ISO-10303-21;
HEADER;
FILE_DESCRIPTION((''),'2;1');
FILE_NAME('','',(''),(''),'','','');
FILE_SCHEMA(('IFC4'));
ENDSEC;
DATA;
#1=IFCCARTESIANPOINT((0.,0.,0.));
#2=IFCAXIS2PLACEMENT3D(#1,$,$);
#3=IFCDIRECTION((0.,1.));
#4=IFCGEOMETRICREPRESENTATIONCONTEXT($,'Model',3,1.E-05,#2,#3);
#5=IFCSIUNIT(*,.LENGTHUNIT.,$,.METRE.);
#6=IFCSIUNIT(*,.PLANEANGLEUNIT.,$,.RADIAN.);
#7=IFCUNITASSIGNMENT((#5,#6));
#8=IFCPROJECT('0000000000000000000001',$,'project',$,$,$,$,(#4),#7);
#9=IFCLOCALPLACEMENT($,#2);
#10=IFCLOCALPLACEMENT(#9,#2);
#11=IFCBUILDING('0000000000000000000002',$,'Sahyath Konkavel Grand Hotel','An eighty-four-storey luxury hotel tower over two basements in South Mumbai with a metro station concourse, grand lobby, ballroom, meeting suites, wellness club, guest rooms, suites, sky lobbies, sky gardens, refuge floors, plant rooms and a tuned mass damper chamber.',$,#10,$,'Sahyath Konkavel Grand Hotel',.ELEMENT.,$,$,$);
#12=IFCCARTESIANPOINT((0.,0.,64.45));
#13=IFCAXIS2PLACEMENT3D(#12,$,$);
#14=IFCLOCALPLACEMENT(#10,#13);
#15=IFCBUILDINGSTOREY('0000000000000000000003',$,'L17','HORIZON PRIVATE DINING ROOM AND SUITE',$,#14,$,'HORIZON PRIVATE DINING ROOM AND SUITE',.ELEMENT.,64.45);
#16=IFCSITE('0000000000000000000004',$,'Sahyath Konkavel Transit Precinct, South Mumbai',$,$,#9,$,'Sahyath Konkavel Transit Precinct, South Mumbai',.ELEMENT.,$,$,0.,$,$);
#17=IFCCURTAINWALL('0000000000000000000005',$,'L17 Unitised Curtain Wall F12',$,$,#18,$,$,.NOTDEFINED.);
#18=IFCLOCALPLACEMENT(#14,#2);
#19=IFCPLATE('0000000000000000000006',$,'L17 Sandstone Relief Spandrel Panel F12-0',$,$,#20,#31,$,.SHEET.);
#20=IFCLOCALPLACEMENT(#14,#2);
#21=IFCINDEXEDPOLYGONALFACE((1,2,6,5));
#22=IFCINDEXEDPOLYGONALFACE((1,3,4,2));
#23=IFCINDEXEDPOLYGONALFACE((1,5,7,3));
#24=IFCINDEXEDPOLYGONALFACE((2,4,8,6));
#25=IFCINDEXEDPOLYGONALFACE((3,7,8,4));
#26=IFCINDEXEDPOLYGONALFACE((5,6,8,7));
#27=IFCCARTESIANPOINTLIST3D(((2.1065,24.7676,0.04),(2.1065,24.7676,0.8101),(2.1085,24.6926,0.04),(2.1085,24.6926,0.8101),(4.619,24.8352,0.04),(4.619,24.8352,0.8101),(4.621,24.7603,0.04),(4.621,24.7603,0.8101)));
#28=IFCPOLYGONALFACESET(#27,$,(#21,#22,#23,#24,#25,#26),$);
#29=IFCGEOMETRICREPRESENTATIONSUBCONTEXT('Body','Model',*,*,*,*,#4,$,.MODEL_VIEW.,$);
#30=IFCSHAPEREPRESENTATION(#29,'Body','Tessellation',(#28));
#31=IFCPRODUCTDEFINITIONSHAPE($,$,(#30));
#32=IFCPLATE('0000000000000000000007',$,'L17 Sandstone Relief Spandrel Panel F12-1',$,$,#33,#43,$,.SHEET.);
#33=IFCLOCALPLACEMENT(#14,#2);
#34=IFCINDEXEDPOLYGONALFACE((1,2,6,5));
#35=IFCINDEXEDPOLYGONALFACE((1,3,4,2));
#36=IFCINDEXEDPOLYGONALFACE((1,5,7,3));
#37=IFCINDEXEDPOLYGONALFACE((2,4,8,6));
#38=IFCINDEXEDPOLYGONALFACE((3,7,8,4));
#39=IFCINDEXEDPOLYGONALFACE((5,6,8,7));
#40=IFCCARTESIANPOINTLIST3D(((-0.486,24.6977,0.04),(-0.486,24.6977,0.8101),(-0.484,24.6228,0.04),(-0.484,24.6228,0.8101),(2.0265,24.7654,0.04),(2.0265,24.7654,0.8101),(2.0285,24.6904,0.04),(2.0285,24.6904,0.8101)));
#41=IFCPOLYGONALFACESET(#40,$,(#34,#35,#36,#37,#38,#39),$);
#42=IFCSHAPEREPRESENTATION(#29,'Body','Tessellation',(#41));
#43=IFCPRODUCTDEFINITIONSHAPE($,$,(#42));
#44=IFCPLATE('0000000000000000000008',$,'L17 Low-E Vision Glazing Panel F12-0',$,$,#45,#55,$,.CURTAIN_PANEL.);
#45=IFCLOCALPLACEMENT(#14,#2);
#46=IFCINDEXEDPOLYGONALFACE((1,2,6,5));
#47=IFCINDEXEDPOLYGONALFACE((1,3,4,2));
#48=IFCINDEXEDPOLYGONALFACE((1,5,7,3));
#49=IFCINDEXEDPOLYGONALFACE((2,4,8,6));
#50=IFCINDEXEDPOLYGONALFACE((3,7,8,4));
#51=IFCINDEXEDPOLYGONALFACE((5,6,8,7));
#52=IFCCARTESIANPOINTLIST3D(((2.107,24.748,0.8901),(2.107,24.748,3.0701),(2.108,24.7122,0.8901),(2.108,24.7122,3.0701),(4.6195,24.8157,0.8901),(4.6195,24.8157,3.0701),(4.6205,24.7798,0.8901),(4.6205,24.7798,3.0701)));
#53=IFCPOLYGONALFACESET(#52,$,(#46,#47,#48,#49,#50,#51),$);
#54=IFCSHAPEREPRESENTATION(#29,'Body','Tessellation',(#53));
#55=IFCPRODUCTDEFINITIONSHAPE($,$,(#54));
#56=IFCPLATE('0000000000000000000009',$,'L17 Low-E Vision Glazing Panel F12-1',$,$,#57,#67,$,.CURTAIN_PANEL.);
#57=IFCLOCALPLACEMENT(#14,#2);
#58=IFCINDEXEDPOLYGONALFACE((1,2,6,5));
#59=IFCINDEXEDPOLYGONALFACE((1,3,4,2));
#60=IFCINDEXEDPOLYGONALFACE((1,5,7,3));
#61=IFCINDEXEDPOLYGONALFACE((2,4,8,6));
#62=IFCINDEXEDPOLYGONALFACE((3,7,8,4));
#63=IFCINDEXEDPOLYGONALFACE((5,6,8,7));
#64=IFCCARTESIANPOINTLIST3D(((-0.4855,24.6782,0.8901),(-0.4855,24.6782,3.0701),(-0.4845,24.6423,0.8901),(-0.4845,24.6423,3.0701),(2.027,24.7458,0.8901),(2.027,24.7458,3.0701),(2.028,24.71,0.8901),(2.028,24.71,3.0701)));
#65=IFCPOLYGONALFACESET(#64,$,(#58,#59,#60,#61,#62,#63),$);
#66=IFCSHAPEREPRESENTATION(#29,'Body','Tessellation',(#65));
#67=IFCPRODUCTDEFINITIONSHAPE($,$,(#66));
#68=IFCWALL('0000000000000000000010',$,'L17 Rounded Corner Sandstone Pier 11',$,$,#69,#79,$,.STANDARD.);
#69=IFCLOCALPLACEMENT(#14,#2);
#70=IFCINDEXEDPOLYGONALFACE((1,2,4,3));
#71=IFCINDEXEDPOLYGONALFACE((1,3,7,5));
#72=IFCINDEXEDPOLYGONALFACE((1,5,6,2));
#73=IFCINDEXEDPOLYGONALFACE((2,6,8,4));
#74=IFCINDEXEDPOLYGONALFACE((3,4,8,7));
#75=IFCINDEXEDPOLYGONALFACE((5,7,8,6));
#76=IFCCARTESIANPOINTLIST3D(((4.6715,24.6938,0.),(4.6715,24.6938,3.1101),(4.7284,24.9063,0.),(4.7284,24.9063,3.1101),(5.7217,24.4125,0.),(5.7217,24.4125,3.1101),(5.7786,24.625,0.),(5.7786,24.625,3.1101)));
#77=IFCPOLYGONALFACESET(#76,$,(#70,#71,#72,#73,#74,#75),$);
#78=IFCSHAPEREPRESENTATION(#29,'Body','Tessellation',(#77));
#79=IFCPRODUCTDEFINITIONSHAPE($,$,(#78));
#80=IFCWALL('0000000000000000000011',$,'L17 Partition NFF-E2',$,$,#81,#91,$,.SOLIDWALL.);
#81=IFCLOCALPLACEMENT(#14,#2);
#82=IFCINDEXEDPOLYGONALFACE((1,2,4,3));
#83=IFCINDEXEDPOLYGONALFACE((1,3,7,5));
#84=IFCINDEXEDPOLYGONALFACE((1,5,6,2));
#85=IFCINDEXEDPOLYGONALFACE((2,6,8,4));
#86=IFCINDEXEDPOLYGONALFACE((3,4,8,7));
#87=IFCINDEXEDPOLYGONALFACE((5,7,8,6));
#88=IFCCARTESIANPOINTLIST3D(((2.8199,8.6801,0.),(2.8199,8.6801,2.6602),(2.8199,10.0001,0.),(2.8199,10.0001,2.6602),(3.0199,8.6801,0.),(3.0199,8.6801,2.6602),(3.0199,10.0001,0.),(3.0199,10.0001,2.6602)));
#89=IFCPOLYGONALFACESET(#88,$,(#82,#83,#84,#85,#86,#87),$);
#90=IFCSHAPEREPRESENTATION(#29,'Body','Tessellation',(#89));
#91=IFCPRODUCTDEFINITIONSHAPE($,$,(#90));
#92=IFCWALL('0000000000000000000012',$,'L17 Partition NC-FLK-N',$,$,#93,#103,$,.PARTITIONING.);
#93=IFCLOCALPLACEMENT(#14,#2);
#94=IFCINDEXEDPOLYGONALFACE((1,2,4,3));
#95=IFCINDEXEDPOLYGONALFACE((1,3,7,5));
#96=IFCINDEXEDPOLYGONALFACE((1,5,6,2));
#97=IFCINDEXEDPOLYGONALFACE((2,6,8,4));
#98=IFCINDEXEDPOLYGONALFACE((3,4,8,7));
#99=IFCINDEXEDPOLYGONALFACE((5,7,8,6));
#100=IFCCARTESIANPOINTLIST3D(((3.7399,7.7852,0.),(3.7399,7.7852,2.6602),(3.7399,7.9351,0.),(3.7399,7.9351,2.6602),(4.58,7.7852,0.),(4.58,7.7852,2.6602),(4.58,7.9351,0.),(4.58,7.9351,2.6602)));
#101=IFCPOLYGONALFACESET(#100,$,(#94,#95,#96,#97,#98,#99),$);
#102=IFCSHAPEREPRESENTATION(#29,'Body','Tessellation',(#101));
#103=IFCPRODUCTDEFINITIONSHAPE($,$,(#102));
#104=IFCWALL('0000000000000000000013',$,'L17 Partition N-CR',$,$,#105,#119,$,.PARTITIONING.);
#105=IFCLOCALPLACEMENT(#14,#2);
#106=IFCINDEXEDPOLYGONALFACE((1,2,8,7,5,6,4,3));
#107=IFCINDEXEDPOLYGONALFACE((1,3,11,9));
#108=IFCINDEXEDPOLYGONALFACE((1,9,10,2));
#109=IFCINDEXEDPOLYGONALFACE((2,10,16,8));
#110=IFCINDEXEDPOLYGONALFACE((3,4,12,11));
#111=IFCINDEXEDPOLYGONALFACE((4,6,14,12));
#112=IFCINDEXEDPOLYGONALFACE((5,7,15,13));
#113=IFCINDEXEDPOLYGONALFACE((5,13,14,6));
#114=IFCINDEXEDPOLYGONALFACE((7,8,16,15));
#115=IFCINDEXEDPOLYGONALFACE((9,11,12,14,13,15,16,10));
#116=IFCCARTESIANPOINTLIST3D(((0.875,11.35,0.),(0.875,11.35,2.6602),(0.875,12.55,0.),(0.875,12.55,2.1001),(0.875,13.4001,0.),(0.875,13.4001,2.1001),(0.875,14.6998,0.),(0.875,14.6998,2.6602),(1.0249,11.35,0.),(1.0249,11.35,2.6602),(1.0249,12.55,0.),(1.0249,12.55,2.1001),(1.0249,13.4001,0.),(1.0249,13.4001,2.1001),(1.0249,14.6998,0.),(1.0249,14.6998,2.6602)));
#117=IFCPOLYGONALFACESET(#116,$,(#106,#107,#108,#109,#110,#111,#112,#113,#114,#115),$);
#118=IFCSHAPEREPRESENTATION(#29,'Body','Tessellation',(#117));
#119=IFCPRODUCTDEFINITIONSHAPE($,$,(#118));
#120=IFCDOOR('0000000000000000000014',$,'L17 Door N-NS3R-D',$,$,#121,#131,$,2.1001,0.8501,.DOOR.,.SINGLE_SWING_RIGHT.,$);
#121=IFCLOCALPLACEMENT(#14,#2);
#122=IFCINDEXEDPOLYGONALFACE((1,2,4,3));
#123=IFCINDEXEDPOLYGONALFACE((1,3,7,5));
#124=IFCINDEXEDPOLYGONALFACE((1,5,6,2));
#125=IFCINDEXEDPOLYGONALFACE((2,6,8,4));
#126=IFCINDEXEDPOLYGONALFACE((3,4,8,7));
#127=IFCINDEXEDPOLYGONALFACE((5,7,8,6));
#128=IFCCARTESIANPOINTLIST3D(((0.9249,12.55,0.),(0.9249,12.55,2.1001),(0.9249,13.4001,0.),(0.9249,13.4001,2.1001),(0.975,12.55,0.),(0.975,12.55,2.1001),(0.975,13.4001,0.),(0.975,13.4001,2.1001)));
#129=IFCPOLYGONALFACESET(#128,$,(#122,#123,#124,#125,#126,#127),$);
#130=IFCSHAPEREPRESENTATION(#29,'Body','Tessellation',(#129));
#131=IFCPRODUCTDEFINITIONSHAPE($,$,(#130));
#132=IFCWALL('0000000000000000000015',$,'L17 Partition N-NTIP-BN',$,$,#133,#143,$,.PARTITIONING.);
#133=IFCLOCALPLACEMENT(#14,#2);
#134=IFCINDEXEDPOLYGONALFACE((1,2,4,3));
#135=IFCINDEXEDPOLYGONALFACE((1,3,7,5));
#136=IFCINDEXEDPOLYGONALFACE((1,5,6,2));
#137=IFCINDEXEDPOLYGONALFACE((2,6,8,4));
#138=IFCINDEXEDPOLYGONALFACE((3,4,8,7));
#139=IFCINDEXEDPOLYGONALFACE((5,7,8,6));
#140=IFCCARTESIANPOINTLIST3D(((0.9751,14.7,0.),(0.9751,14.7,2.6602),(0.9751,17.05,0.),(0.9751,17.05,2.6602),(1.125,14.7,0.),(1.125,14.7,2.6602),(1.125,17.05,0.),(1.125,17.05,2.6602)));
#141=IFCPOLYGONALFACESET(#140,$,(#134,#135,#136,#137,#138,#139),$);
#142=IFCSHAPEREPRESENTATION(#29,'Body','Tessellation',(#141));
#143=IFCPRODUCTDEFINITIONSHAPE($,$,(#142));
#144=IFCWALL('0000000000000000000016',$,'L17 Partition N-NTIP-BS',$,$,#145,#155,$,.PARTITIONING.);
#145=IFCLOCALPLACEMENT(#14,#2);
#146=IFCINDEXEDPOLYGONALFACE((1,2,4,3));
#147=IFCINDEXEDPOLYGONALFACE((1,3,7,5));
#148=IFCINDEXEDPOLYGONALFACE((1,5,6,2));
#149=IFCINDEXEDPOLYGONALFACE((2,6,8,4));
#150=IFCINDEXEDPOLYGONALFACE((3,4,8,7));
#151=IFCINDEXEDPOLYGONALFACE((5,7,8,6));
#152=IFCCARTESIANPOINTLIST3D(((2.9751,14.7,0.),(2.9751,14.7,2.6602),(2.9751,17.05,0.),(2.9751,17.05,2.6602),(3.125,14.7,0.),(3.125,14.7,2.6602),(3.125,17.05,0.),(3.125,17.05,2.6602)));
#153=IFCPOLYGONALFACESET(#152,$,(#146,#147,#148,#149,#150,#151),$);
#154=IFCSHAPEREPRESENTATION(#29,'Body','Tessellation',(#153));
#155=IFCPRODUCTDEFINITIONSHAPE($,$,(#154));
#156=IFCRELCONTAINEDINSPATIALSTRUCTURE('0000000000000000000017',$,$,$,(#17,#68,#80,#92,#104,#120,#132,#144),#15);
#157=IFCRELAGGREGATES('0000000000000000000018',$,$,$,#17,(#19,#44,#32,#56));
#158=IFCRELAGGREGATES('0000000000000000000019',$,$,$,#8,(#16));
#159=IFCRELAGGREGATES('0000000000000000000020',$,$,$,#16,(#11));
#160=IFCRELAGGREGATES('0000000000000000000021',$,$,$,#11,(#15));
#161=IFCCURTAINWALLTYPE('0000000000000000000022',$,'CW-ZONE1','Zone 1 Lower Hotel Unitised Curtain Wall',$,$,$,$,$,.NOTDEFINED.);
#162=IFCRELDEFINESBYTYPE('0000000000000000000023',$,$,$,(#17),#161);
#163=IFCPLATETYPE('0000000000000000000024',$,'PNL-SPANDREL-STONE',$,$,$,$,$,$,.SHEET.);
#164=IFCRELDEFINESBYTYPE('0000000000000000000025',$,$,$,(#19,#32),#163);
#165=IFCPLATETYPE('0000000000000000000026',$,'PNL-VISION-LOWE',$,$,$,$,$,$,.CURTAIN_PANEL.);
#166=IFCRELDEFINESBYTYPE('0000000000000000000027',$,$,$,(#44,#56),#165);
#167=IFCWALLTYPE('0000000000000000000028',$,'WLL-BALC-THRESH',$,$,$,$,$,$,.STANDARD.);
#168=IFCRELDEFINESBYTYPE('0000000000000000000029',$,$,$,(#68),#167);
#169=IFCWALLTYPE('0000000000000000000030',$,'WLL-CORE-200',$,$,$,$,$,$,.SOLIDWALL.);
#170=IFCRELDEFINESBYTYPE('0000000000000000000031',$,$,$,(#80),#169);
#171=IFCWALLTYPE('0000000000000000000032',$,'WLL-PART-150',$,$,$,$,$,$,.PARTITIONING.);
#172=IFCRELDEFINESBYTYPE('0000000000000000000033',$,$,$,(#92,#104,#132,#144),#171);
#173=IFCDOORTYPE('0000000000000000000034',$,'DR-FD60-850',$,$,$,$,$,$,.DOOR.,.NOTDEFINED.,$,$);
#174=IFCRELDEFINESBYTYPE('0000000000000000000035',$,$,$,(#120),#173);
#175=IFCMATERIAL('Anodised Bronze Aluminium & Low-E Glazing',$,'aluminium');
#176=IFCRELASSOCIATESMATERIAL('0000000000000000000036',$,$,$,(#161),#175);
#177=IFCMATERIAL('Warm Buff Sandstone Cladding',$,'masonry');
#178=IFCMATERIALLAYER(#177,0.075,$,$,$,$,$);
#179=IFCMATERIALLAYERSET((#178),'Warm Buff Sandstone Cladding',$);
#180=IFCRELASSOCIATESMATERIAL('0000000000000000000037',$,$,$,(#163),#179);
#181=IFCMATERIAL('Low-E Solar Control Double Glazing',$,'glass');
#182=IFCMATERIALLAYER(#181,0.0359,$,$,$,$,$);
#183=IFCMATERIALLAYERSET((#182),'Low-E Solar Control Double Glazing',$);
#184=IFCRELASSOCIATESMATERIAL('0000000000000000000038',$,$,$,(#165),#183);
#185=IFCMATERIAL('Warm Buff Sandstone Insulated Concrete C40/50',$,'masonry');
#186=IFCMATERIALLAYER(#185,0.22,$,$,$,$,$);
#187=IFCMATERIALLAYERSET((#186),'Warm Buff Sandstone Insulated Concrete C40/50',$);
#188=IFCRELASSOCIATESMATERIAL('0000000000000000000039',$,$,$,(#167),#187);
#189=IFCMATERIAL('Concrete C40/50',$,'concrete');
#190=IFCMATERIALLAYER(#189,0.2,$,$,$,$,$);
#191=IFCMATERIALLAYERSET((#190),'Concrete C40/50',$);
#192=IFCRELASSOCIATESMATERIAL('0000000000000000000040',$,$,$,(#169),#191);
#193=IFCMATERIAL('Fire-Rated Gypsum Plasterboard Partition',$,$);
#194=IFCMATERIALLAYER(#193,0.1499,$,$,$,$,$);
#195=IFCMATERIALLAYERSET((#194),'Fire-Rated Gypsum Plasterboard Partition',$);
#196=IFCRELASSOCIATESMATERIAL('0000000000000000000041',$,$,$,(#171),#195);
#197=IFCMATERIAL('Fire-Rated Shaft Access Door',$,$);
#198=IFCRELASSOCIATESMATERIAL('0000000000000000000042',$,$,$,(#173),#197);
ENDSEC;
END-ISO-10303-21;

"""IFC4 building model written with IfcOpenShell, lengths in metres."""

from ifc_helpers import new_model, si_unit, direction, frame, frame_2d, origin, origin_2d, place, context, subcontext, project, spatial, rectangle, extrude, source, transform, mapped, material, layer, layer_set, type_object, element, fill, aggregate, save


model = new_model("IFC4")

# Units and contexts
model_context = context("Model", 3, precision=1e-05, world=origin(), true_north=direction((0.0, 1.0)))
body_context = subcontext(model_context, "Body", "Model", "MODEL_VIEW")
ifc_project = project(units=[si_unit("LENGTHUNIT", "METRE"), si_unit("PLANEANGLEUNIT", "RADIAN")], contexts=[model_context])

# Site, building, storey
site_placement = place(None, origin())
site = spatial("IfcSite", under=ifc_project, at=site_placement, Name="Sahyath Konkavel Transit Precinct, South Mumbai", LongName="Sahyath Konkavel Transit Precinct, South Mumbai", CompositionType="ELEMENT", RefElevation=0.0)
building_placement = place(site_placement, origin())
building = spatial("IfcBuilding", under=site, at=building_placement, Name="Sahyath Konkavel Grand Hotel", Description="An eighty-four-storey luxury hotel tower over two basements in South Mumbai with a metro station concourse, grand lobby, ballroom, meeting suites, wellness club, guest rooms, suites, sky lobbies, sky gardens, refuge floors, plant rooms and a tuned mass damper chamber.", LongName="Sahyath Konkavel Grand Hotel", CompositionType="ELEMENT")
storey_placement = place(building_placement, frame((0.0, 0.0, 64.45)))
storey = spatial("IfcBuildingStorey", under=building, at=storey_placement, Name="L17", Description="HORIZON PRIVATE DINING ROOM AND SUITE", LongName="HORIZON PRIVATE DINING ROOM AND SUITE", CompositionType="ELEMENT", Elevation=64.45)

# Curtain wall, plates
ifc_material_1 = material(Name="Anodised Bronze Aluminium & Low-E Glazing", Category="aluminium")
curtain_wall_type = type_object("IfcCurtainWallType", Name="CW-ZONE1", Description="Zone 1 Lower Hotel Unitised Curtain Wall", PredefinedType="NOTDEFINED", material=ifc_material_1)
curtain_wall_placement = place(storey_placement, origin())
curtain_wall = element("IfcCurtainWall", 1, at=curtain_wall_placement, inside=storey, type_object=curtain_wall_type, Name="L17 Unitised Curtain Wall F12", PredefinedType="NOTDEFINED")
ifc_material_2 = material(Name="Warm Buff Sandstone Cladding", Category="masonry")
ifc_layer_1 = layer(ifc_material_2, 0.075)
ifc_layer_set_1 = layer_set([ifc_layer_1], Name="Warm Buff Sandstone Cladding")
plate_type_1 = type_object("IfcPlateType", Name="PNL-SPANDREL-STONE", PredefinedType="SHEET", material=ifc_layer_set_1)
shared_shape_1 = source(origin(), body_context, "Body", "SweptSolid", [
    extrude(rectangle(XDim=2.5134, YDim=0.075, at=origin_2d()), origin(), (0.0, 0.0, 1.0), 0.77),
])
plate_1_placement = place(storey_placement, frame((3.3638, 24.7639, 0.04), z_axis=(0.0, 0.0, 1.0), x_axis=(-0.999638, -0.02691, 0.0)))
plate_1 = element("IfcPlate", 2, at=plate_1_placement, type_object=plate_type_1, Name="L17 Sandstone Relief Spandrel Panel F12-0", PredefinedType="SHEET", context=body_context, shape_type="MappedRepresentation", body=[
    mapped(shared_shape_1, transform((0.0, 0.0, 0.0), scale=1.0)),
])
plate_2_placement = place(storey_placement, frame((0.7712, 24.6941, 0.04), z_axis=(0.0, 0.0, 1.0), x_axis=(-0.999638, -0.02691, 0.0)))
plate_2 = element("IfcPlate", 3, at=plate_2_placement, type_object=plate_type_1, Name="L17 Sandstone Relief Spandrel Panel F12-1", PredefinedType="SHEET", context=body_context, shape_type="MappedRepresentation", body=[
    mapped(shared_shape_1, transform((0.0, 0.0, 0.0), scale=1.0)),
])
ifc_material_3 = material(Name="Low-E Solar Control Double Glazing", Category="glass")
ifc_layer_2 = layer(ifc_material_3, 0.0359)
ifc_layer_set_2 = layer_set([ifc_layer_2], Name="Low-E Solar Control Double Glazing")
plate_type_2 = type_object("IfcPlateType", Name="PNL-VISION-LOWE", PredefinedType="CURTAIN_PANEL", material=ifc_layer_set_2)
shared_shape_2 = source(origin(), body_context, "Body", "SweptSolid", [
    extrude(rectangle(XDim=2.5134, YDim=0.0359, at=origin_2d()), origin(), (0.0, 0.0, 1.0), 2.1799),
])
plate_3_placement = place(storey_placement, frame((3.3638, 24.7639, 0.8901), z_axis=(0.0, 0.0, 1.0), x_axis=(-0.999638, -0.02691, 0.0)))
plate_3 = element("IfcPlate", 4, at=plate_3_placement, type_object=plate_type_2, Name="L17 Low-E Vision Glazing Panel F12-0", PredefinedType="CURTAIN_PANEL", context=body_context, shape_type="MappedRepresentation", body=[
    mapped(shared_shape_2, transform((0.0, 0.0, 0.0), scale=1.0)),
])
plate_4_placement = place(storey_placement, frame((0.7712, 24.6941, 0.8901), z_axis=(0.0, 0.0, 1.0), x_axis=(-0.999638, -0.02691, 0.0)))
plate_4 = element("IfcPlate", 5, at=plate_4_placement, type_object=plate_type_2, Name="L17 Low-E Vision Glazing Panel F12-1", PredefinedType="CURTAIN_PANEL", context=body_context, shape_type="MappedRepresentation", body=[
    mapped(shared_shape_2, transform((0.0, 0.0, 0.0), scale=1.0)),
])
aggregate(curtain_wall, [plate_1, plate_3, plate_2, plate_4])

# Wall
ifc_material_4 = material(Name="Warm Buff Sandstone Insulated Concrete C40/50", Category="masonry")
ifc_layer_3 = layer(ifc_material_4, 0.22)
ifc_layer_set_3 = layer_set([ifc_layer_3], Name="Warm Buff Sandstone Insulated Concrete C40/50")
wall_type_1 = type_object("IfcWallType", Name="WLL-BALC-THRESH", PredefinedType="STANDARD", material=ifc_layer_set_3)
wall_1_placement = place(storey_placement, frame((5.75, 24.5188, 0.0), z_axis=(0.0, 0.0, 1.0), x_axis=(-0.965951, 0.258725, 0.0)))
element("IfcWall", 6, at=wall_1_placement, inside=storey, type_object=wall_type_1, Name="L17 Rounded Corner Sandstone Pier 11", PredefinedType="STANDARD", context=body_context, shape_type="SweptSolid", body=[
    extrude(rectangle(XDim=1.0872, YDim=0.22, at=frame_2d((0.5435, 0.0))), origin(), (0.0, 0.0, 1.0), 3.1101),
])

# Shared definitions
ifc_material_5 = material(Name="Concrete C40/50", Category="concrete")
ifc_layer_4 = layer(ifc_material_5, 0.2)
ifc_layer_set_4 = layer_set([ifc_layer_4], Name="Concrete C40/50")
wall_type_2 = type_object("IfcWallType", Name="WLL-CORE-200", PredefinedType="SOLIDWALL", material=ifc_layer_set_4)

# Walls
wall_2_placement = place(storey_placement, frame((2.9199, 8.6799, 0.0), z_axis=(0.0, 0.0, 1.0), x_axis=(0.0, 1.0, 0.0)))
element("IfcWall", 7, at=wall_2_placement, inside=storey, type_object=wall_type_2, Name="L17 Partition NFF-E2", PredefinedType="SOLIDWALL", context=body_context, shape_type="SweptSolid", body=[
    extrude(rectangle(XDim=1.3201, YDim=0.2, at=frame_2d((0.6602, 0.0))), origin(), (0.0, 0.0, 1.0), 2.6602),
])
ifc_material_6 = material(Name="Fire-Rated Gypsum Plasterboard Partition")
ifc_layer_5 = layer(ifc_material_6, 0.1499)
ifc_layer_set_5 = layer_set([ifc_layer_5], Name="Fire-Rated Gypsum Plasterboard Partition")
wall_type_3 = type_object("IfcWallType", Name="WLL-PART-150", PredefinedType="PARTITIONING", material=ifc_layer_set_5)
wall_3_placement = place(storey_placement, frame((3.74, 7.8601, 0.0), z_axis=(0.0, 0.0, 1.0), x_axis=(1.0, 0.0, 0.0)))
element("IfcWall", 8, at=wall_3_placement, inside=storey, type_object=wall_type_3, Name="L17 Partition NC-FLK-N", PredefinedType="PARTITIONING", context=body_context, shape_type="SweptSolid", body=[
    extrude(rectangle(XDim=0.8401, YDim=0.1499, at=frame_2d((0.4199, 0.0))), origin(), (0.0, 0.0, 1.0), 2.6602),
])

# Wall, opening, door
wall_4_placement = place(storey_placement, frame((0.95, 11.3501, 0.0), z_axis=(0.0, 0.0, 1.0), x_axis=(0.0, 1.0, 0.0)))
wall_4 = element("IfcWall", 9, at=wall_4_placement, inside=storey, type_object=wall_type_3, Name="L17 Partition N-CR", PredefinedType="PARTITIONING", context=body_context, shape_type="SweptSolid", body=[
    extrude(rectangle(XDim=3.3499, YDim=0.1499, at=frame_2d((1.6748, 0.0))), origin(), (0.0, 0.0, 1.0), 2.6602),
])
opening_1_placement = place(wall_4_placement, frame((1.2, 0.0, 0.0)))
opening_1 = element("IfcOpeningElement", 10, at=opening_1_placement, cuts=wall_4, PredefinedType="OPENING", context=body_context, shape_type="SweptSolid", body=[
    extrude(rectangle(XDim=0.8501, YDim=2.1001, at=frame_2d((0.425, 1.05))), frame((0.0, 0.085, 0.0), z_axis=(0.0, -1.0, 0.0), x_axis=(1.0, 0.0, 0.0)), (0.0, 0.0, 1.0), 0.1699),
])
ifc_material_7 = material(Name="Fire-Rated Shaft Access Door")
door_type_1 = type_object("IfcDoorType", Name="DR-FD60-850", OperationType="NOTDEFINED", PredefinedType="DOOR", material=ifc_material_7)
shared_shape_3 = source(origin(), body_context, "Body", "SweptSolid", [
    extrude(rectangle(XDim=0.8501, YDim=0.05, at=origin_2d()), origin(), (0.0, 0.0, 1.0), 2.1001),
])
door_1_placement = place(opening_1_placement, frame((0.425, 0.0, 0.0)))
door_1 = element("IfcDoor", 11, at=door_1_placement, inside=storey, type_object=door_type_1, Name="L17 Door N-NS3R-D", OperationType="SINGLE_SWING_RIGHT", OverallHeight=2.1001, OverallWidth=0.8501, PredefinedType="DOOR", context=body_context, shape_type="MappedRepresentation", body=[
    mapped(shared_shape_3, transform((0.0, 0.0, 0.0), scale=1.0)),
])
fill(opening_1, door_1)

# Walls
for number, where, z_axis, x_axis, name in (
    (12, (1.05, 14.7, 0.0), (0.0, 0.0, 1.0), (0.0, 1.0, 0.0), "L17 Partition N-NTIP-BN"),
    (13, (3.05, 14.7, 0.0), (0.0, 0.0, 1.0), (0.0, 1.0, 0.0), "L17 Partition N-NTIP-BS"),
):
    element("IfcWall", number, at=place(storey_placement, frame(where, z_axis=z_axis, x_axis=x_axis)), inside=storey, type_object=wall_type_3, Name=name, PredefinedType="PARTITIONING", context=body_context, shape_type="SweptSolid", body=[
        extrude(rectangle(XDim=2.3501, YDim=0.1499, at=frame_2d((1.175, 0.0))), origin(), (0.0, 0.0, 1.0), 2.6602),
    ])

save(model, "model.ifc")
